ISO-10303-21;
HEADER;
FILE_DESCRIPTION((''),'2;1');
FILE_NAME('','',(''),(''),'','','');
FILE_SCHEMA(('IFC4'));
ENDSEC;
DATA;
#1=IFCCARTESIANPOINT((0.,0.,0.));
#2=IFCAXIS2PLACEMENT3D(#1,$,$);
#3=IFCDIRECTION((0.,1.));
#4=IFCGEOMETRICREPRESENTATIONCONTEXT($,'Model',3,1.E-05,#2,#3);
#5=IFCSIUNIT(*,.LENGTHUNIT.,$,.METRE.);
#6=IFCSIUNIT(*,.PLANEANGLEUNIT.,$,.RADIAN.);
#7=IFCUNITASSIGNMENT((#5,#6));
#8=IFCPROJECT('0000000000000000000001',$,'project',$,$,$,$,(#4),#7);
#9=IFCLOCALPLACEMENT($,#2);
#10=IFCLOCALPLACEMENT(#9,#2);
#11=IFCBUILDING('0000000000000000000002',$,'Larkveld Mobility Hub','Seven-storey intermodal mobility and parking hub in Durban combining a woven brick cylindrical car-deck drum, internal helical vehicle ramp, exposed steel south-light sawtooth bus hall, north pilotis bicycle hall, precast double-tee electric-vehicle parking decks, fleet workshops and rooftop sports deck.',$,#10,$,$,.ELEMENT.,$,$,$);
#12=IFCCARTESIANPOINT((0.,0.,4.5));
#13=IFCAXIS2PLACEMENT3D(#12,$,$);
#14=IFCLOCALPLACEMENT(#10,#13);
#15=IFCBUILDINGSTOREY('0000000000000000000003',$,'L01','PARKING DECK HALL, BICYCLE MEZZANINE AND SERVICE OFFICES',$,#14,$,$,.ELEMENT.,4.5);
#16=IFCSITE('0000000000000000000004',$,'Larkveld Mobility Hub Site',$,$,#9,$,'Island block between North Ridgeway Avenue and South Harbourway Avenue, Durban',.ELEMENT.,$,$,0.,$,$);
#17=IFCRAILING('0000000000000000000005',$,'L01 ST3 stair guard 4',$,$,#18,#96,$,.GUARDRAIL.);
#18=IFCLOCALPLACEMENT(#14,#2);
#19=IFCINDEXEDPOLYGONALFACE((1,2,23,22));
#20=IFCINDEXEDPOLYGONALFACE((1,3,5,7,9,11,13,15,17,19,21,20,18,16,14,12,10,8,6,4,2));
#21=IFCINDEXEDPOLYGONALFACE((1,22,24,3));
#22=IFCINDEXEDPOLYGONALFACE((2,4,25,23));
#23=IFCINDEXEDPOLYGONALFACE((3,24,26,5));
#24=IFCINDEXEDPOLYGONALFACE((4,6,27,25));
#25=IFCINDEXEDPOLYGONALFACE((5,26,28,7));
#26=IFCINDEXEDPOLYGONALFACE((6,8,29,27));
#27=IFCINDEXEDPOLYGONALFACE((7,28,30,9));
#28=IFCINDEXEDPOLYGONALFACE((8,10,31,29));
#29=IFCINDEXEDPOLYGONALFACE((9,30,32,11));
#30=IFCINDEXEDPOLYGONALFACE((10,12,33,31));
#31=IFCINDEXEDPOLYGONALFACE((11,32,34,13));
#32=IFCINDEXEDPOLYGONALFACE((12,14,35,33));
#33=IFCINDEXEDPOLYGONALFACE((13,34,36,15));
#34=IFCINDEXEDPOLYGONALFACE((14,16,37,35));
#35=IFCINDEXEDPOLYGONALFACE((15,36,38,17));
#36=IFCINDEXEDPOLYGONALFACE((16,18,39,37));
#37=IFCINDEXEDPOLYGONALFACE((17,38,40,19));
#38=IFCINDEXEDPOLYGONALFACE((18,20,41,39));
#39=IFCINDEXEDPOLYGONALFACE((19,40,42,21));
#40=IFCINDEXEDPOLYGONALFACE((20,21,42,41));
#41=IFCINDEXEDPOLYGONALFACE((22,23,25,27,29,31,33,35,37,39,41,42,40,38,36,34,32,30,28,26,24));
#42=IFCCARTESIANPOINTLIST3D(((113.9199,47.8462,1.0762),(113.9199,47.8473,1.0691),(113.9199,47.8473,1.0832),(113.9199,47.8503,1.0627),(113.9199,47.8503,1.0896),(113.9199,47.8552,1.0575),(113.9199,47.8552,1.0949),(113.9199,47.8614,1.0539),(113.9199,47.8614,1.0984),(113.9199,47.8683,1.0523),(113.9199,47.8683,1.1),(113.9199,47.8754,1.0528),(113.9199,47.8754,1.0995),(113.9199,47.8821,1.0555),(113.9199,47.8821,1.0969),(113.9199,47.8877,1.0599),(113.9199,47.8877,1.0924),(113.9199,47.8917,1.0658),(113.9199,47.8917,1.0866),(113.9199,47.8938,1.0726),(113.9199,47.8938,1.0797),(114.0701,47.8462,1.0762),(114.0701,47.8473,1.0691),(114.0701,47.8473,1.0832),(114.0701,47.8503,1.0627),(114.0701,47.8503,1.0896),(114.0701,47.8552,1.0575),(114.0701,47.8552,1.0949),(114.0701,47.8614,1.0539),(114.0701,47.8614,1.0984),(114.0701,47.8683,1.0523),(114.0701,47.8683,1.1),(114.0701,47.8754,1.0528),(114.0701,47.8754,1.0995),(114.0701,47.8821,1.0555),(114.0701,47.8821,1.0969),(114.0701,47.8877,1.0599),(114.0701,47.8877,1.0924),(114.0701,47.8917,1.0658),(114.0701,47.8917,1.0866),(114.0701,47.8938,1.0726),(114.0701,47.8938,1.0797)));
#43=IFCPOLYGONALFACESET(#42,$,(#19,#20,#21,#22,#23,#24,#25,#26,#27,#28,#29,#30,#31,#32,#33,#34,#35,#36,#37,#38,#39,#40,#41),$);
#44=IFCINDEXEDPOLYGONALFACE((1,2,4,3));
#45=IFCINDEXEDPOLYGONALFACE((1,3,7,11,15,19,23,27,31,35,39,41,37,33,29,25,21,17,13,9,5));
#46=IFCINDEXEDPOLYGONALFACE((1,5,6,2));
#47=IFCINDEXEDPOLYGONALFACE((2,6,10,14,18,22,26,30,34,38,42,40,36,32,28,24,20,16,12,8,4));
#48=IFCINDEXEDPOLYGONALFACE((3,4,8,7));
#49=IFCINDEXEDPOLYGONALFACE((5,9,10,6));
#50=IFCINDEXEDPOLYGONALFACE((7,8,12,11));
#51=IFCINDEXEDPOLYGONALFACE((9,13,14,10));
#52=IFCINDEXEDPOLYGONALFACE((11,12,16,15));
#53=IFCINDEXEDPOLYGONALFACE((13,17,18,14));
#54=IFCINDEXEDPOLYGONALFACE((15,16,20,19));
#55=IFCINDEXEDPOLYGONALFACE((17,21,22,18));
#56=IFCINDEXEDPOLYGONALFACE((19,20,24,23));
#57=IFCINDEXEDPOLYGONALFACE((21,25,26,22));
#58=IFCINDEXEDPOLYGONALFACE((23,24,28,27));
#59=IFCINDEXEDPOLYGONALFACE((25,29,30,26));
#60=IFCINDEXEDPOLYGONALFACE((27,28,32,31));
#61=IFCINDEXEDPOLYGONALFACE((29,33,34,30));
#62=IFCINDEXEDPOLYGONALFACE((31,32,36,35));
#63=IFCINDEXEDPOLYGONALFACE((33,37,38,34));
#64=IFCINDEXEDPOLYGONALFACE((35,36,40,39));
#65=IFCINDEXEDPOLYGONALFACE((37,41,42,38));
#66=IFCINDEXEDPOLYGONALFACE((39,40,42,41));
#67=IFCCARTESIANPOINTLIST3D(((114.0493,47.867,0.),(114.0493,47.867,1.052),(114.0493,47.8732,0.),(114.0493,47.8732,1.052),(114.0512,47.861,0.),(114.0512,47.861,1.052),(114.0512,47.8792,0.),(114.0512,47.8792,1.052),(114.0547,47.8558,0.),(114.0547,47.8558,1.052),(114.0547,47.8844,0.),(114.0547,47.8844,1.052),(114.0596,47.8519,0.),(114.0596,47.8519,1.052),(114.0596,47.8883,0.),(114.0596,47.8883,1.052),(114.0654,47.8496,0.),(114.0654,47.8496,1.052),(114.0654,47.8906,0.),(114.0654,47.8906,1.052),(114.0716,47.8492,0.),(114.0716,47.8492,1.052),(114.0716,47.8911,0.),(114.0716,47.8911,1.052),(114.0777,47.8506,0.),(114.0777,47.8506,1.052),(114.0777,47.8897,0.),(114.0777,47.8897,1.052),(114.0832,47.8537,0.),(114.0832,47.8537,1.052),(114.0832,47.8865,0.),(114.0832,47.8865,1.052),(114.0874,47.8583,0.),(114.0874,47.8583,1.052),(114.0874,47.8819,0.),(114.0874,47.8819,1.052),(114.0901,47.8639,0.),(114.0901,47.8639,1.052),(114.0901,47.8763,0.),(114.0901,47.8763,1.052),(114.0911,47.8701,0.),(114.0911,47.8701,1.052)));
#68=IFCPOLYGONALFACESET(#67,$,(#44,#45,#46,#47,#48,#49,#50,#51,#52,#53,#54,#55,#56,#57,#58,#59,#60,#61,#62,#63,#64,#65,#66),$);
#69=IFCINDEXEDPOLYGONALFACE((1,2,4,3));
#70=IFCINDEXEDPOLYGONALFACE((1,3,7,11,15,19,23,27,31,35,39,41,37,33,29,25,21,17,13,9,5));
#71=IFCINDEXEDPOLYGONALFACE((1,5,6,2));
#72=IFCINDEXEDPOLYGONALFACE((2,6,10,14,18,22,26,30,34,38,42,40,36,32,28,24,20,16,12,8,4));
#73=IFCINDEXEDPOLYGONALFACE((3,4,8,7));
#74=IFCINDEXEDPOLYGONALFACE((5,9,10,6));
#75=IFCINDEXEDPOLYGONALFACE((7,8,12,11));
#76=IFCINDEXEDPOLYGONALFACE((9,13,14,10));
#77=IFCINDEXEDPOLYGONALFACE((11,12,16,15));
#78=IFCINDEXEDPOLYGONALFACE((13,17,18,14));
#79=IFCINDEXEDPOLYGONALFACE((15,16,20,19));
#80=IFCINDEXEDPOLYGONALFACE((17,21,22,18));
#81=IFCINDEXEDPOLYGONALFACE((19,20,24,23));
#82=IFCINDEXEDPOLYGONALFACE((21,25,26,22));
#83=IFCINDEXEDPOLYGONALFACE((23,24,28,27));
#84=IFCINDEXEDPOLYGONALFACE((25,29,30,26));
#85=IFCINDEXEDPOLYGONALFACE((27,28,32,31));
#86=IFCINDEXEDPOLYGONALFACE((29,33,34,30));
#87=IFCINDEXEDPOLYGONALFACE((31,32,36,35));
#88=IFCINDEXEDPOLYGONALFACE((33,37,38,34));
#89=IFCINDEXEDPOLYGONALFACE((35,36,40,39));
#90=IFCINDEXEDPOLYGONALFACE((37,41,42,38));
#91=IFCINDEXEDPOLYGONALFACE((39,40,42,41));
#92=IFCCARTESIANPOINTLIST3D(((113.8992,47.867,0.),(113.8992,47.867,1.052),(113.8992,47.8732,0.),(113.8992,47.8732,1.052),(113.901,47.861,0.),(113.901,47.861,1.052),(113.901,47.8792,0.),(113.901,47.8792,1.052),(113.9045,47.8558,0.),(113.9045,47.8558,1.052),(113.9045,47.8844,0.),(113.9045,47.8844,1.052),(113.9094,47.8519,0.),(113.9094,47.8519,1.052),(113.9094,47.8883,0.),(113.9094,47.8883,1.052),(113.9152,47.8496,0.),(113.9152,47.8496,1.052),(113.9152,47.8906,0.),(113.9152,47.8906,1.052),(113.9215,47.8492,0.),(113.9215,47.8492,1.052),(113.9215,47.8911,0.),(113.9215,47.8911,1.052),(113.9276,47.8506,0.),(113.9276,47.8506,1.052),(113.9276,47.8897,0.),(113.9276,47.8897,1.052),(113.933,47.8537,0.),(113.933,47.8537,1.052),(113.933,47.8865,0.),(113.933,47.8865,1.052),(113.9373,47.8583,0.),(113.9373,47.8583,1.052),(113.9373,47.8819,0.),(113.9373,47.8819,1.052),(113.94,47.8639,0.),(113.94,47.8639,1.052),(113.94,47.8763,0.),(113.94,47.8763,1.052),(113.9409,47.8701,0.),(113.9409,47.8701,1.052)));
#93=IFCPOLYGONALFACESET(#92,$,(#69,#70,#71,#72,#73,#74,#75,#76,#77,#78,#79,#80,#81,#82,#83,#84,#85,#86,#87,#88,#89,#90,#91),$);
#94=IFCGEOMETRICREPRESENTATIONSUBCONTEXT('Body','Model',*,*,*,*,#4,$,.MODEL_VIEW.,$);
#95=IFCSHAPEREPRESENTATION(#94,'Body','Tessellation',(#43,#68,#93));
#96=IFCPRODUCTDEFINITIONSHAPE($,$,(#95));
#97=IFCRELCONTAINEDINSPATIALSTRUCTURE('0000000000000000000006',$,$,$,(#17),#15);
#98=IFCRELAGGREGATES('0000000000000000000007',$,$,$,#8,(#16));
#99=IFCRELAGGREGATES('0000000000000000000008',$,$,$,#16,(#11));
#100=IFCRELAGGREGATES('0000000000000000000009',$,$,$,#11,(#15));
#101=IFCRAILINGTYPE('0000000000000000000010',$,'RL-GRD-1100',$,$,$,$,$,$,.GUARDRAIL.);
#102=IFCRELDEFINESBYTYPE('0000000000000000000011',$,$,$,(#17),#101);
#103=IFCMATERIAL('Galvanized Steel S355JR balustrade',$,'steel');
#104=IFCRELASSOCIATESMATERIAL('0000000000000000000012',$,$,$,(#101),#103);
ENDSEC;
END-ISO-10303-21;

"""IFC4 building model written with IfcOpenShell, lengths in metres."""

from ifc_helpers import new_model, si_unit, direction, frame, origin, origin_2d, place, context, subcontext, project, spatial, circle, extrude, material, type_object, element, save


model = new_model("IFC4")

# Units and contexts
model_context = context("Model", 3, precision=1e-05, world=origin(), true_north=direction((0.0, 1.0)))
body_context = subcontext(model_context, "Body", "Model", "MODEL_VIEW")
ifc_project = project(units=[si_unit("LENGTHUNIT", "METRE"), si_unit("PLANEANGLEUNIT", "RADIAN")], contexts=[model_context])

# Site, building, storey
site_placement = place(None, origin())
site = spatial("IfcSite", under=ifc_project, at=site_placement, Name="Larkveld Mobility Hub Site", LongName="Island block between North Ridgeway Avenue and South Harbourway Avenue, Durban", CompositionType="ELEMENT", RefElevation=0.0)
building_placement = place(site_placement, origin())
building = spatial("IfcBuilding", under=site, at=building_placement, Name="Larkveld Mobility Hub", Description="Seven-storey intermodal mobility and parking hub in Durban combining a woven brick cylindrical car-deck drum, internal helical vehicle ramp, exposed steel south-light sawtooth bus hall, north pilotis bicycle hall, precast double-tee electric-vehicle parking decks, fleet workshops and rooftop sports deck.", CompositionType="ELEMENT")
storey_placement = place(building_placement, frame((0.0, 0.0, 4.5)))
storey = spatial("IfcBuildingStorey", under=building, at=storey_placement, Name="L01", Description="PARKING DECK HALL, BICYCLE MEZZANINE AND SERVICE OFFICES", CompositionType="ELEMENT", Elevation=4.5)

# Railing
ifc_material_1 = material(Name="Galvanized Steel S355JR balustrade", Category="steel")
railing_type_1 = type_object("IfcRailingType", Name="RL-GRD-1100", PredefinedType="GUARDRAIL", material=ifc_material_1)
railing_1_placement = place(storey_placement, frame((114.0701, 47.8701, 0.0)))
element("IfcRailing", 1, at=railing_1_placement, inside=storey, type_object=railing_type_1, Name="L01 ST3 stair guard 4", PredefinedType="GUARDRAIL", context=body_context, shape_type="SweptSolid", body=[
    extrude(circle(Radius=0.0239, at=origin_2d()), frame((0.0, 0.0, 1.0762), z_axis=(-1.0, 0.0, 0.0), x_axis=(0.0, -1.0, 0.0)), (0.0, 0.0, 1.0), 0.1501),
    extrude(circle(Radius=0.021, at=origin_2d()), origin(), (0.0, 0.0, 1.0), 1.052),
    extrude(circle(Radius=0.021, at=origin_2d()), frame((-0.1501, 0.0, 0.0)), (0.0, 0.0, 1.0), 1.052),
])

save(model, "model.ifc")
